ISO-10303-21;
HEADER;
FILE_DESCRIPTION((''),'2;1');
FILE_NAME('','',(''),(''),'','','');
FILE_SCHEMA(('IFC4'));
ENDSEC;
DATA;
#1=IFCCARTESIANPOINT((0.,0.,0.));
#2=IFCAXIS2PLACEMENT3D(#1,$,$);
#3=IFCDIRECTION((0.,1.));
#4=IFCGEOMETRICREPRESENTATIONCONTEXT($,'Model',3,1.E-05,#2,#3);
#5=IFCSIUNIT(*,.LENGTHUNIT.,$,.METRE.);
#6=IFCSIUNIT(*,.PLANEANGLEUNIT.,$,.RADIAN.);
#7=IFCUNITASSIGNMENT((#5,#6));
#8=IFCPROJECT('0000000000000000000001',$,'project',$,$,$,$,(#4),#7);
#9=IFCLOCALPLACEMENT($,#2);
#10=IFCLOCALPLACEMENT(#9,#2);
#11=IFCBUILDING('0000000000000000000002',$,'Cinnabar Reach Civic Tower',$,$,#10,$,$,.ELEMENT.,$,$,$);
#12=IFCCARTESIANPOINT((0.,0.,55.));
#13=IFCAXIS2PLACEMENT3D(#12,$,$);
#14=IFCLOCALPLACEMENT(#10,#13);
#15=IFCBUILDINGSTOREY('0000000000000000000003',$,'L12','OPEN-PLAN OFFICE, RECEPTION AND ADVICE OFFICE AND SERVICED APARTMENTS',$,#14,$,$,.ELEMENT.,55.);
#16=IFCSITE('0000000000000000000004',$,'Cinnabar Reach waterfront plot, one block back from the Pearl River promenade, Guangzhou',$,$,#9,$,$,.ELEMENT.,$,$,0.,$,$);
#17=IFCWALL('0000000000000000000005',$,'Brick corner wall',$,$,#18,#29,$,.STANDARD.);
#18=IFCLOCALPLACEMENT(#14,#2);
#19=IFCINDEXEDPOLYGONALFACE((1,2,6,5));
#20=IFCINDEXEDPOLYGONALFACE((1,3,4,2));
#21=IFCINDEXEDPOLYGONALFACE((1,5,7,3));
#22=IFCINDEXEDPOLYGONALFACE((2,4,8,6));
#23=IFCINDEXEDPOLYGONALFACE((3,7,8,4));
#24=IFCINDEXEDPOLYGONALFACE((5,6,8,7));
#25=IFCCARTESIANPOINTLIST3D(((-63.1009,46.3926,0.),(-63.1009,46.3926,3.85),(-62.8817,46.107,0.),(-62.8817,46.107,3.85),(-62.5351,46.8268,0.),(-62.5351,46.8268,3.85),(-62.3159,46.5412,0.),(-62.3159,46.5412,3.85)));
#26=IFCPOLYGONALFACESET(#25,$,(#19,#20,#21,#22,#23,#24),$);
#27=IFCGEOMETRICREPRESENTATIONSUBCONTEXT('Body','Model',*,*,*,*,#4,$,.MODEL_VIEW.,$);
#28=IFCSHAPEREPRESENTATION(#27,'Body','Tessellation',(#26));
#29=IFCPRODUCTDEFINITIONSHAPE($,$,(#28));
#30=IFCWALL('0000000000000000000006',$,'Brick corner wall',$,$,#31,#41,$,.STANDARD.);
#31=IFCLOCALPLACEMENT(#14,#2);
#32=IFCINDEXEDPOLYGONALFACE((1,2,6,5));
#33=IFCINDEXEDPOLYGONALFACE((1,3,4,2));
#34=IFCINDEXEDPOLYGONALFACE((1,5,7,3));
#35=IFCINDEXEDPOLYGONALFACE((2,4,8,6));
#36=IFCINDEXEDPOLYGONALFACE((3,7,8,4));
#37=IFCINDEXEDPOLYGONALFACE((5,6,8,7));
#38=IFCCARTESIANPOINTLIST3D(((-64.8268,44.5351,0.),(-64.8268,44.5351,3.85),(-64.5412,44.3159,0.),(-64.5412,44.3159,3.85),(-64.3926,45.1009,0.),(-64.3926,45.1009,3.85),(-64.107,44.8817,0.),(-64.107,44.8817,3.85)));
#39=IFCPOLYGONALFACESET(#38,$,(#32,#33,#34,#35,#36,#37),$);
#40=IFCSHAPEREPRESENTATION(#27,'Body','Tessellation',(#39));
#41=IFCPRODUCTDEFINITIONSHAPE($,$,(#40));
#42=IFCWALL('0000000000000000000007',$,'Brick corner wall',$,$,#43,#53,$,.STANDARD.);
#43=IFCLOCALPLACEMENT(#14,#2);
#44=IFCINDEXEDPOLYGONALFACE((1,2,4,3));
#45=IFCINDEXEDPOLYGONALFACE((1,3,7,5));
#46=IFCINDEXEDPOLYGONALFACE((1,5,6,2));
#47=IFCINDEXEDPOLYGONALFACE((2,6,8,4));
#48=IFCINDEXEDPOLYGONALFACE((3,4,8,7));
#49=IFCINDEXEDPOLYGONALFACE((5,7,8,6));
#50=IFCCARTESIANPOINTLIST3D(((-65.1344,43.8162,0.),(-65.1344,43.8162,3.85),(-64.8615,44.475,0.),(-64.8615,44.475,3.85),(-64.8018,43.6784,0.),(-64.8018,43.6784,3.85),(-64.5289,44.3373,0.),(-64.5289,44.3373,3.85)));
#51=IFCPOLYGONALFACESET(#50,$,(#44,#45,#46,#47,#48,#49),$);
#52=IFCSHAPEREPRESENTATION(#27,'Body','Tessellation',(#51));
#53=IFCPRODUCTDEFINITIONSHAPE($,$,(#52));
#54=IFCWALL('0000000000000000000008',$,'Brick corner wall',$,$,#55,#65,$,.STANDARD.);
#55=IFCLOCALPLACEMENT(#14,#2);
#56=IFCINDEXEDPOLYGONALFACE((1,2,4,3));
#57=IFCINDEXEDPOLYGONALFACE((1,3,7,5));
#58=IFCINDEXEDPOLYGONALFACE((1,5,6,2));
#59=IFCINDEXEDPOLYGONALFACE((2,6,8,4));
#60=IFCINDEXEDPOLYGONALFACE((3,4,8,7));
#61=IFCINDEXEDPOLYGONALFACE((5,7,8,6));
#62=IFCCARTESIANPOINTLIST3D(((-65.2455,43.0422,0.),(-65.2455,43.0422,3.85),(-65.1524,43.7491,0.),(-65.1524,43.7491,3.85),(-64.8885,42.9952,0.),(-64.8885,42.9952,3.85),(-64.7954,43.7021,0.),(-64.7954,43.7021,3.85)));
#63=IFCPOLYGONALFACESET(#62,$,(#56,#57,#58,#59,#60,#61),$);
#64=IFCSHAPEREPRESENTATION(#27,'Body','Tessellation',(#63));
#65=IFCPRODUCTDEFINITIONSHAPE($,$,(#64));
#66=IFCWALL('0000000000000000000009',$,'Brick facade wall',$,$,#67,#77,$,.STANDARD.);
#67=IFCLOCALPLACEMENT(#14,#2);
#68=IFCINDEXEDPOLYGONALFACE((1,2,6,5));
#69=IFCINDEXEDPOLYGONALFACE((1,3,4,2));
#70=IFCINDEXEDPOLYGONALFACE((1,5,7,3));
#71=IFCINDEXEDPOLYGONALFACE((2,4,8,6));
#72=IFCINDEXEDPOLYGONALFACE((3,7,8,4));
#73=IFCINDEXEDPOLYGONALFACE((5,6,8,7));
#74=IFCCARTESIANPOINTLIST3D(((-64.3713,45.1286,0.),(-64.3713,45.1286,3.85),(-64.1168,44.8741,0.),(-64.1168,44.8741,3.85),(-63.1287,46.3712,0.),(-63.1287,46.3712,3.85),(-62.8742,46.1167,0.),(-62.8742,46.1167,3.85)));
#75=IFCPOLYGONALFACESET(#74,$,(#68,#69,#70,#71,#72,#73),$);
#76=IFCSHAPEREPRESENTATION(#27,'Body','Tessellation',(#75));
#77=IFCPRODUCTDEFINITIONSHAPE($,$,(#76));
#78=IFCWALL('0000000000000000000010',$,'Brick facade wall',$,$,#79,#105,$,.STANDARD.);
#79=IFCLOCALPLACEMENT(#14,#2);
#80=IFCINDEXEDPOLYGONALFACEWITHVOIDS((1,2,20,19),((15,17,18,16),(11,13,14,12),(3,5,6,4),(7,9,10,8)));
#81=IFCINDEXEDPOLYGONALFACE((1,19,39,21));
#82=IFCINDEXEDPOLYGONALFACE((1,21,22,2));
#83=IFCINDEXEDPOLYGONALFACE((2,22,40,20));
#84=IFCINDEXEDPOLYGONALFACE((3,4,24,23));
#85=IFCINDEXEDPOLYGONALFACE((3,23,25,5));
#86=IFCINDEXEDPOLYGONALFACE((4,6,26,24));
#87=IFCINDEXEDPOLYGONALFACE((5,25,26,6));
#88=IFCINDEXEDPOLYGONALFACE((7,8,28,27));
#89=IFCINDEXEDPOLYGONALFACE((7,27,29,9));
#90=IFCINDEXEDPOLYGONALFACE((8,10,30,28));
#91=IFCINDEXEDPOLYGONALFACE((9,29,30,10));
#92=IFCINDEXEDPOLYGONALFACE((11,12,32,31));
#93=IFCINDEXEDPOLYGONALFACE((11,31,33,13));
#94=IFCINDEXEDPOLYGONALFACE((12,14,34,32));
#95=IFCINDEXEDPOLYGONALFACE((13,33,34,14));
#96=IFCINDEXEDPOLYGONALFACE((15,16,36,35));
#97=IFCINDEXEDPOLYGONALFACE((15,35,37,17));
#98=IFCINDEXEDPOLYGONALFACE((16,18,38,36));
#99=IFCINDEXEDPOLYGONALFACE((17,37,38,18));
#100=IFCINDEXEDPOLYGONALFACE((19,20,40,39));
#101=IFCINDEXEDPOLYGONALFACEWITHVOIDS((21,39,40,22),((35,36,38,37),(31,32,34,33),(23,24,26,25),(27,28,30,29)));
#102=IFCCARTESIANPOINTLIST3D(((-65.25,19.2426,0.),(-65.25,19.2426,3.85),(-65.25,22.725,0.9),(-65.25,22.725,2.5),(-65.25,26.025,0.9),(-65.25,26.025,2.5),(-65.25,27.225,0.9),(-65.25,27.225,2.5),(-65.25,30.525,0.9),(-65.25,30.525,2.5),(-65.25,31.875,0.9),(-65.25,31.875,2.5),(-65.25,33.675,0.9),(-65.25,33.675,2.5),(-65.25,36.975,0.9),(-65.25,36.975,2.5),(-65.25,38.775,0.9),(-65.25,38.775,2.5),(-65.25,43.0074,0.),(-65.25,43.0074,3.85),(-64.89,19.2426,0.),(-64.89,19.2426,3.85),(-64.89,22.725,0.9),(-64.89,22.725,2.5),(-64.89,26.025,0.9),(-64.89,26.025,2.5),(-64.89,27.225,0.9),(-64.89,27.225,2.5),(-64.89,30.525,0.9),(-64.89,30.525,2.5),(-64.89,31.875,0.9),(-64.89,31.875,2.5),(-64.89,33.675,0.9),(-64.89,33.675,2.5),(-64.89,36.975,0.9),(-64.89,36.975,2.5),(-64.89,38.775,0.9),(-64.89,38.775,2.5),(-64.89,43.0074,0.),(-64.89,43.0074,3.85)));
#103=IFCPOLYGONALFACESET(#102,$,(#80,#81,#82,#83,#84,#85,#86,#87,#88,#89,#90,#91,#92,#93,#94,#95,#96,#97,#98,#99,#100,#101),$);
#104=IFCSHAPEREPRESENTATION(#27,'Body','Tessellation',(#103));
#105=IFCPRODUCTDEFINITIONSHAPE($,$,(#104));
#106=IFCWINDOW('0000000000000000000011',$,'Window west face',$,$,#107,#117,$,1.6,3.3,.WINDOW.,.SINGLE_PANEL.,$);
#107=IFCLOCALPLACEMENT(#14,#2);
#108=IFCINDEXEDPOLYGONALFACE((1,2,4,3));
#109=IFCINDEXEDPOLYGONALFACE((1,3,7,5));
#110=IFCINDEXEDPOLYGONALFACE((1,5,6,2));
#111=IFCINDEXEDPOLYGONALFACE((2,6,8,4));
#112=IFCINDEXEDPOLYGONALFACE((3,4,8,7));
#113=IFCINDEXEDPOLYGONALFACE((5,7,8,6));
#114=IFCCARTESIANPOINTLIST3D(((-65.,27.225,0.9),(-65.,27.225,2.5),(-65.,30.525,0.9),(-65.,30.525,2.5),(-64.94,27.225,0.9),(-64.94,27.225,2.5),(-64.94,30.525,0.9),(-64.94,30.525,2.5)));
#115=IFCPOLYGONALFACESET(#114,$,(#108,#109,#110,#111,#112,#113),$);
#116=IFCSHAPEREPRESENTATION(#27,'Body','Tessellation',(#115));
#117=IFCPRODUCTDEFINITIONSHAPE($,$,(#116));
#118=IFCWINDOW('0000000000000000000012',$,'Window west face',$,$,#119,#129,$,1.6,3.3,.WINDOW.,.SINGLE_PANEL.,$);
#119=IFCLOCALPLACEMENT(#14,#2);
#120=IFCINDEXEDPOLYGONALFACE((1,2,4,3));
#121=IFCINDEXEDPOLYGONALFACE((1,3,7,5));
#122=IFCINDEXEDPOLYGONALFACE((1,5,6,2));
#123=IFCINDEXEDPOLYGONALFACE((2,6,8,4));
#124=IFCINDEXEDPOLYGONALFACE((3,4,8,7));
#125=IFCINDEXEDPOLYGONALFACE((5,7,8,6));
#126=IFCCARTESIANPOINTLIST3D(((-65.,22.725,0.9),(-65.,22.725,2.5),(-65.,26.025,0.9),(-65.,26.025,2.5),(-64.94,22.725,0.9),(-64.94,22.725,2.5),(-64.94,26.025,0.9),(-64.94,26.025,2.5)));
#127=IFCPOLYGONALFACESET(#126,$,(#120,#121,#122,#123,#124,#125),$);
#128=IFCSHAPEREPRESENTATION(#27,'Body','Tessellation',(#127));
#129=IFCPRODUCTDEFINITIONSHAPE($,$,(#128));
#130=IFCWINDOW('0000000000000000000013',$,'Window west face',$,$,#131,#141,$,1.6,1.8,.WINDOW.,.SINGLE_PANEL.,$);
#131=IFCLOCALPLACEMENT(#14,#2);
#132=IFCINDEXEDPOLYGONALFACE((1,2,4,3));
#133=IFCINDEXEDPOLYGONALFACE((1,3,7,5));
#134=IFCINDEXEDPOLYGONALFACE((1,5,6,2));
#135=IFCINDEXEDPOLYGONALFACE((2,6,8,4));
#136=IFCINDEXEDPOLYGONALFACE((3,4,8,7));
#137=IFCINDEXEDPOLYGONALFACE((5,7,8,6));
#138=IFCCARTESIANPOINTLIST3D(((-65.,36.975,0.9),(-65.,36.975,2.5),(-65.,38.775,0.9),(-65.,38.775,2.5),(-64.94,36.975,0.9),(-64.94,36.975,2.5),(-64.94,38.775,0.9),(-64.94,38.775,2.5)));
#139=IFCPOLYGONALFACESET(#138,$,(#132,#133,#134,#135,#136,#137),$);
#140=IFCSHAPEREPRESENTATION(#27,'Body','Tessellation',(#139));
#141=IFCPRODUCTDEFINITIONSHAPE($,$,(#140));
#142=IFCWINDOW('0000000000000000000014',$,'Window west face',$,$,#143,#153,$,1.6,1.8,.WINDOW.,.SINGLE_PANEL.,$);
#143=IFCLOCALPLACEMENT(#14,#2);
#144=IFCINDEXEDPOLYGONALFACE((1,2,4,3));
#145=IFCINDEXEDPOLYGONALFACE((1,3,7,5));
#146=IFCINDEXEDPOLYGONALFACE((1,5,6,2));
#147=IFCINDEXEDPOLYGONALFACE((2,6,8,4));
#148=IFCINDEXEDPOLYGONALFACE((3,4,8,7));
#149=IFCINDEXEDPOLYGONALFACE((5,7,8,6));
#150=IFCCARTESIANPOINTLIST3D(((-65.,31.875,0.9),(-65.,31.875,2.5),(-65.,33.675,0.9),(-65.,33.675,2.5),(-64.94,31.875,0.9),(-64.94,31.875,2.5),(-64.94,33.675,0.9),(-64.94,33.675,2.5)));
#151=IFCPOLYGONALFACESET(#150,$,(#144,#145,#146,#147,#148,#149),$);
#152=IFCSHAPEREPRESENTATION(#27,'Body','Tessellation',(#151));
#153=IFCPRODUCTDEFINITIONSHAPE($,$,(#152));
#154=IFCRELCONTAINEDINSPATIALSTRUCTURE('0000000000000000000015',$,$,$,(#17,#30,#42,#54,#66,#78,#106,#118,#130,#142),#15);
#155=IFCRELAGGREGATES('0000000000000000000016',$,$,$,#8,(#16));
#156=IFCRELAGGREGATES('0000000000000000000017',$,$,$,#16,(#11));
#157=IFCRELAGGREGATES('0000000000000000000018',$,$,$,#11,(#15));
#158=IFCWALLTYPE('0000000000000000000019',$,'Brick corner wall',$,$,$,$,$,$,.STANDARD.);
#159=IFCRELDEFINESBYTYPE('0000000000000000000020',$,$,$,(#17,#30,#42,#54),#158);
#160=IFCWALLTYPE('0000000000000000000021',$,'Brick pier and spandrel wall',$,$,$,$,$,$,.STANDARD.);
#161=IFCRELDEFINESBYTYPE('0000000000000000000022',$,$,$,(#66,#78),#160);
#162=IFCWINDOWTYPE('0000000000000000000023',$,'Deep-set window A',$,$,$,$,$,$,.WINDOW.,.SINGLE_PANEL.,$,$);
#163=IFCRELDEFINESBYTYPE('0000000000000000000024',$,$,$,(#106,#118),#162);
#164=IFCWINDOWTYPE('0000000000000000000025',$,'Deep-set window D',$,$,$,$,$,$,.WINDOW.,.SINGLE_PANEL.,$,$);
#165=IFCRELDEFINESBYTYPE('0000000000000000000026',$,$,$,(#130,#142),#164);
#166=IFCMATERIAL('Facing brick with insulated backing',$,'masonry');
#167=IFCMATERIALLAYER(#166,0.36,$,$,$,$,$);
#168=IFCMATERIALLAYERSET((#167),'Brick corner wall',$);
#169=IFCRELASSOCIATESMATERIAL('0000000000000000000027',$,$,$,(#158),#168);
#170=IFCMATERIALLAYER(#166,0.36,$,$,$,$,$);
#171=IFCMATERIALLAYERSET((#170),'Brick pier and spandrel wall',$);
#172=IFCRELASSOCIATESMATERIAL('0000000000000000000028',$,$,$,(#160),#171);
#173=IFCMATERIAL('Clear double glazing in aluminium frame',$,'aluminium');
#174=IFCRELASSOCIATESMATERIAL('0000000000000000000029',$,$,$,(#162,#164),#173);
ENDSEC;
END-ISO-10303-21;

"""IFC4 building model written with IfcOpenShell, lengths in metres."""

from ifc_helpers import new_model, si_unit, direction, frame, frame_2d, origin, place, context, subcontext, project, spatial, rectangle, extrude, material, layer, layer_set, type_object, element, fill, save


model = new_model("IFC4")

# Units and contexts
model_context = context("Model", 3, precision=1e-05, world=origin(), true_north=direction((0.0, 1.0)))
body_context = subcontext(model_context, "Body", "Model", "MODEL_VIEW")
ifc_project = project(units=[si_unit("LENGTHUNIT", "METRE"), si_unit("PLANEANGLEUNIT", "RADIAN")], contexts=[model_context])

# Site, building, storey
site_placement = place(None, origin())
site = spatial("IfcSite", under=ifc_project, at=site_placement, Name="Cinnabar Reach waterfront plot, one block back from the Pearl River promenade, Guangzhou", CompositionType="ELEMENT", RefElevation=0.0)
building_placement = place(site_placement, origin())
building = spatial("IfcBuilding", under=site, at=building_placement, Name="Cinnabar Reach Civic Tower", CompositionType="ELEMENT")
storey_placement = place(building_placement, frame((0.0, 0.0, 55.0)))
storey = spatial("IfcBuildingStorey", under=building, at=storey_placement, Name="L12", Description="OPEN-PLAN OFFICE, RECEPTION AND ADVICE OFFICE AND SERVICED APARTMENTS", CompositionType="ELEMENT", Elevation=55.0)

# Walls
ifc_material_1 = material(Name="Facing brick with insulated backing", Category="masonry")
ifc_layer_1 = layer(ifc_material_1, 0.36)
ifc_layer_set_1 = layer_set([ifc_layer_1], Name="Brick corner wall")
wall_type_1 = type_object("IfcWallType", Name="Brick corner wall", PredefinedType="STANDARD", material=ifc_layer_set_1)
for number, where, z_axis, x_axis, name in (
    (1, (-62.4255, 46.684, 0.0), (0.0, 0.0, 1.0), (-0.793322, -0.608802, 0.0), "Brick corner wall"),
    (2, (-64.2498, 44.9913, 0.0), (0.0, 0.0, 1.0), (-0.608802, -0.793322, 0.0), "Brick corner wall"),
):
    element("IfcWall", number, at=place(storey_placement, frame(where, z_axis=z_axis, x_axis=x_axis)), inside=storey, type_object=wall_type_1, Name=name, PredefinedType="STANDARD", context=body_context, shape_type="SweptSolid", body=[
        extrude(rectangle(XDim=0.7132, YDim=0.36, at=frame_2d((0.3566, 0.0))), origin(), (0.0, 0.0, 1.0), 3.85),
    ])
for number, where, z_axis, x_axis, name in (
    (3, (-64.6952, 44.4061, 0.0), (0.0, 0.0, 1.0), (-0.382703, -0.923872, 0.0), "Brick corner wall"),
    (4, (-64.9739, 43.7256, 0.0), (0.0, 0.0, 1.0), (-0.130556, -0.991441, 0.0), "Brick corner wall"),
):
    element("IfcWall", number, at=place(storey_placement, frame(where, z_axis=z_axis, x_axis=x_axis)), inside=storey, type_object=wall_type_1, Name=name, PredefinedType="STANDARD", context=body_context, shape_type="SweptSolid", body=[
        extrude(rectangle(XDim=0.7131, YDim=0.36, at=frame_2d((0.3565, 0.0))), origin(), (0.0, 0.0, 1.0), 3.85),
    ])
ifc_layer_2 = layer(ifc_material_1, 0.36)
ifc_layer_set_2 = layer_set([ifc_layer_2], Name="Brick pier and spandrel wall")
wall_type_2 = type_object("IfcWallType", Name="Brick pier and spandrel wall", PredefinedType="STANDARD", material=ifc_layer_set_2)
wall_1_placement = place(storey_placement, frame((-63.0014, 46.244, 0.0), z_axis=(0.0, 0.0, 1.0), x_axis=(-0.707107, -0.707107, 0.0)))
element("IfcWall", 5, at=wall_1_placement, inside=storey, type_object=wall_type_2, Name="Brick facade wall", PredefinedType="STANDARD", context=body_context, shape_type="SweptSolid", body=[
    extrude(rectangle(XDim=1.7573, YDim=0.36, at=frame_2d((0.8787, 0.0))), origin(), (0.0, 0.0, 1.0), 3.85),
])

# Wall, openings, windows
wall_2_placement = place(storey_placement, frame((-65.07, 43.0074, 0.0), z_axis=(0.0, 0.0, 1.0), x_axis=(0.0, -1.0, 0.0)))
wall_2 = element("IfcWall", 6, at=wall_2_placement, inside=storey, type_object=wall_type_2, Name="Brick facade wall", PredefinedType="STANDARD", context=body_context, shape_type="SweptSolid", body=[
    extrude(rectangle(XDim=23.7648, YDim=0.36, at=frame_2d((11.8824, 0.0))), origin(), (0.0, 0.0, 1.0), 3.85),
])
opening_1_placement = place(wall_2_placement, frame((4.2324, 0.0, 0.9)))
opening_1 = element("IfcOpeningElement", 7, at=opening_1_placement, cuts=wall_2, PredefinedType="OPENING", context=body_context, shape_type="SweptSolid", body=[
    extrude(rectangle(XDim=1.8, YDim=1.6, at=frame_2d((0.9, 0.8))), frame((0.0, 0.19, 0.0), z_axis=(0.0, -1.0, 0.0), x_axis=(1.0, 0.0, 0.0)), (0.0, 0.0, 1.0), 0.38),
])
opening_2_placement = place(wall_2_placement, frame((9.3324, 0.0, 0.9)))
opening_2 = element("IfcOpeningElement", 8, at=opening_2_placement, cuts=wall_2, PredefinedType="OPENING", context=body_context, shape_type="SweptSolid", body=[
    extrude(rectangle(XDim=1.8, YDim=1.6, at=frame_2d((0.9, 0.8))), frame((0.0, 0.19, 0.0), z_axis=(0.0, -1.0, 0.0), x_axis=(1.0, 0.0, 0.0)), (0.0, 0.0, 1.0), 0.38),
])
opening_3_placement = place(wall_2_placement, frame((12.4824, 0.0, 0.9)))
opening_3 = element("IfcOpeningElement", 9, at=opening_3_placement, cuts=wall_2, PredefinedType="OPENING", context=body_context, shape_type="SweptSolid", body=[
    extrude(rectangle(XDim=3.3, YDim=1.6, at=frame_2d((1.65, 0.8))), frame((0.0, 0.19, 0.0), z_axis=(0.0, -1.0, 0.0), x_axis=(1.0, 0.0, 0.0)), (0.0, 0.0, 1.0), 0.38),
])
opening_4_placement = place(wall_2_placement, frame((16.9824, 0.0, 0.9)))
opening_4 = element("IfcOpeningElement", 10, at=opening_4_placement, cuts=wall_2, PredefinedType="OPENING", context=body_context, shape_type="SweptSolid", body=[
    extrude(rectangle(XDim=3.3, YDim=1.6, at=frame_2d((1.65, 0.8))), frame((0.0, 0.19, 0.0), z_axis=(0.0, -1.0, 0.0), x_axis=(1.0, 0.0, 0.0)), (0.0, 0.0, 1.0), 0.38),
])
ifc_material_2 = material(Name="Clear double glazing in aluminium frame", Category="aluminium")
window_type_1 = type_object("IfcWindowType", Name="Deep-set window A", PartitioningType="SINGLE_PANEL", PredefinedType="WINDOW", material=ifc_material_2)
window_1_placement = place(opening_3_placement, origin())
window_1 = element("IfcWindow", 11, at=window_1_placement, inside=storey, type_object=window_type_1, Name="Window west face", OverallHeight=1.6, OverallWidth=3.3, PartitioningType="SINGLE_PANEL", PredefinedType="WINDOW", context=body_context, shape_type="SweptSolid", body=[
    extrude(rectangle(XDim=3.3, YDim=1.6, at=frame_2d((1.65, 0.8))), frame((0.0, 0.13, 0.0), z_axis=(0.0, -1.0, 0.0), x_axis=(1.0, 0.0, 0.0)), (0.0, 0.0, 1.0), 0.06),
])
fill(opening_3, window_1)
window_2_placement = place(opening_4_placement, origin())
window_2 = element("IfcWindow", 12, at=window_2_placement, inside=storey, type_object=window_type_1, Name="Window west face", OverallHeight=1.6, OverallWidth=3.3, PartitioningType="SINGLE_PANEL", PredefinedType="WINDOW", context=body_context, shape_type="SweptSolid", body=[
    extrude(rectangle(XDim=3.3, YDim=1.6, at=frame_2d((1.65, 0.8))), frame((0.0, 0.13, 0.0), z_axis=(0.0, -1.0, 0.0), x_axis=(1.0, 0.0, 0.0)), (0.0, 0.0, 1.0), 0.06),
])
fill(opening_4, window_2)
window_type_2 = type_object("IfcWindowType", Name="Deep-set window D", PartitioningType="SINGLE_PANEL", PredefinedType="WINDOW", material=ifc_material_2)
window_3_placement = place(opening_1_placement, origin())
window_3 = element("IfcWindow", 13, at=window_3_placement, inside=storey, type_object=window_type_2, Name="Window west face", OverallHeight=1.6, OverallWidth=1.8, PartitioningType="SINGLE_PANEL", PredefinedType="WINDOW", context=body_context, shape_type="SweptSolid", body=[
    extrude(rectangle(XDim=1.8, YDim=1.6, at=frame_2d((0.9, 0.8))), frame((0.0, 0.13, 0.0), z_axis=(0.0, -1.0, 0.0), x_axis=(1.0, 0.0, 0.0)), (0.0, 0.0, 1.0), 0.06),
])
fill(opening_1, window_3)
window_4_placement = place(opening_2_placement, origin())
window_4 = element("IfcWindow", 14, at=window_4_placement, inside=storey, type_object=window_type_2, Name="Window west face", OverallHeight=1.6, OverallWidth=1.8, PartitioningType="SINGLE_PANEL", PredefinedType="WINDOW", context=body_context, shape_type="SweptSolid", body=[
    extrude(rectangle(XDim=1.8, YDim=1.6, at=frame_2d((0.9, 0.8))), frame((0.0, 0.13, 0.0), z_axis=(0.0, -1.0, 0.0), x_axis=(1.0, 0.0, 0.0)), (0.0, 0.0, 1.0), 0.06),
])
fill(opening_2, window_4)

save(model, "model.ifc")
